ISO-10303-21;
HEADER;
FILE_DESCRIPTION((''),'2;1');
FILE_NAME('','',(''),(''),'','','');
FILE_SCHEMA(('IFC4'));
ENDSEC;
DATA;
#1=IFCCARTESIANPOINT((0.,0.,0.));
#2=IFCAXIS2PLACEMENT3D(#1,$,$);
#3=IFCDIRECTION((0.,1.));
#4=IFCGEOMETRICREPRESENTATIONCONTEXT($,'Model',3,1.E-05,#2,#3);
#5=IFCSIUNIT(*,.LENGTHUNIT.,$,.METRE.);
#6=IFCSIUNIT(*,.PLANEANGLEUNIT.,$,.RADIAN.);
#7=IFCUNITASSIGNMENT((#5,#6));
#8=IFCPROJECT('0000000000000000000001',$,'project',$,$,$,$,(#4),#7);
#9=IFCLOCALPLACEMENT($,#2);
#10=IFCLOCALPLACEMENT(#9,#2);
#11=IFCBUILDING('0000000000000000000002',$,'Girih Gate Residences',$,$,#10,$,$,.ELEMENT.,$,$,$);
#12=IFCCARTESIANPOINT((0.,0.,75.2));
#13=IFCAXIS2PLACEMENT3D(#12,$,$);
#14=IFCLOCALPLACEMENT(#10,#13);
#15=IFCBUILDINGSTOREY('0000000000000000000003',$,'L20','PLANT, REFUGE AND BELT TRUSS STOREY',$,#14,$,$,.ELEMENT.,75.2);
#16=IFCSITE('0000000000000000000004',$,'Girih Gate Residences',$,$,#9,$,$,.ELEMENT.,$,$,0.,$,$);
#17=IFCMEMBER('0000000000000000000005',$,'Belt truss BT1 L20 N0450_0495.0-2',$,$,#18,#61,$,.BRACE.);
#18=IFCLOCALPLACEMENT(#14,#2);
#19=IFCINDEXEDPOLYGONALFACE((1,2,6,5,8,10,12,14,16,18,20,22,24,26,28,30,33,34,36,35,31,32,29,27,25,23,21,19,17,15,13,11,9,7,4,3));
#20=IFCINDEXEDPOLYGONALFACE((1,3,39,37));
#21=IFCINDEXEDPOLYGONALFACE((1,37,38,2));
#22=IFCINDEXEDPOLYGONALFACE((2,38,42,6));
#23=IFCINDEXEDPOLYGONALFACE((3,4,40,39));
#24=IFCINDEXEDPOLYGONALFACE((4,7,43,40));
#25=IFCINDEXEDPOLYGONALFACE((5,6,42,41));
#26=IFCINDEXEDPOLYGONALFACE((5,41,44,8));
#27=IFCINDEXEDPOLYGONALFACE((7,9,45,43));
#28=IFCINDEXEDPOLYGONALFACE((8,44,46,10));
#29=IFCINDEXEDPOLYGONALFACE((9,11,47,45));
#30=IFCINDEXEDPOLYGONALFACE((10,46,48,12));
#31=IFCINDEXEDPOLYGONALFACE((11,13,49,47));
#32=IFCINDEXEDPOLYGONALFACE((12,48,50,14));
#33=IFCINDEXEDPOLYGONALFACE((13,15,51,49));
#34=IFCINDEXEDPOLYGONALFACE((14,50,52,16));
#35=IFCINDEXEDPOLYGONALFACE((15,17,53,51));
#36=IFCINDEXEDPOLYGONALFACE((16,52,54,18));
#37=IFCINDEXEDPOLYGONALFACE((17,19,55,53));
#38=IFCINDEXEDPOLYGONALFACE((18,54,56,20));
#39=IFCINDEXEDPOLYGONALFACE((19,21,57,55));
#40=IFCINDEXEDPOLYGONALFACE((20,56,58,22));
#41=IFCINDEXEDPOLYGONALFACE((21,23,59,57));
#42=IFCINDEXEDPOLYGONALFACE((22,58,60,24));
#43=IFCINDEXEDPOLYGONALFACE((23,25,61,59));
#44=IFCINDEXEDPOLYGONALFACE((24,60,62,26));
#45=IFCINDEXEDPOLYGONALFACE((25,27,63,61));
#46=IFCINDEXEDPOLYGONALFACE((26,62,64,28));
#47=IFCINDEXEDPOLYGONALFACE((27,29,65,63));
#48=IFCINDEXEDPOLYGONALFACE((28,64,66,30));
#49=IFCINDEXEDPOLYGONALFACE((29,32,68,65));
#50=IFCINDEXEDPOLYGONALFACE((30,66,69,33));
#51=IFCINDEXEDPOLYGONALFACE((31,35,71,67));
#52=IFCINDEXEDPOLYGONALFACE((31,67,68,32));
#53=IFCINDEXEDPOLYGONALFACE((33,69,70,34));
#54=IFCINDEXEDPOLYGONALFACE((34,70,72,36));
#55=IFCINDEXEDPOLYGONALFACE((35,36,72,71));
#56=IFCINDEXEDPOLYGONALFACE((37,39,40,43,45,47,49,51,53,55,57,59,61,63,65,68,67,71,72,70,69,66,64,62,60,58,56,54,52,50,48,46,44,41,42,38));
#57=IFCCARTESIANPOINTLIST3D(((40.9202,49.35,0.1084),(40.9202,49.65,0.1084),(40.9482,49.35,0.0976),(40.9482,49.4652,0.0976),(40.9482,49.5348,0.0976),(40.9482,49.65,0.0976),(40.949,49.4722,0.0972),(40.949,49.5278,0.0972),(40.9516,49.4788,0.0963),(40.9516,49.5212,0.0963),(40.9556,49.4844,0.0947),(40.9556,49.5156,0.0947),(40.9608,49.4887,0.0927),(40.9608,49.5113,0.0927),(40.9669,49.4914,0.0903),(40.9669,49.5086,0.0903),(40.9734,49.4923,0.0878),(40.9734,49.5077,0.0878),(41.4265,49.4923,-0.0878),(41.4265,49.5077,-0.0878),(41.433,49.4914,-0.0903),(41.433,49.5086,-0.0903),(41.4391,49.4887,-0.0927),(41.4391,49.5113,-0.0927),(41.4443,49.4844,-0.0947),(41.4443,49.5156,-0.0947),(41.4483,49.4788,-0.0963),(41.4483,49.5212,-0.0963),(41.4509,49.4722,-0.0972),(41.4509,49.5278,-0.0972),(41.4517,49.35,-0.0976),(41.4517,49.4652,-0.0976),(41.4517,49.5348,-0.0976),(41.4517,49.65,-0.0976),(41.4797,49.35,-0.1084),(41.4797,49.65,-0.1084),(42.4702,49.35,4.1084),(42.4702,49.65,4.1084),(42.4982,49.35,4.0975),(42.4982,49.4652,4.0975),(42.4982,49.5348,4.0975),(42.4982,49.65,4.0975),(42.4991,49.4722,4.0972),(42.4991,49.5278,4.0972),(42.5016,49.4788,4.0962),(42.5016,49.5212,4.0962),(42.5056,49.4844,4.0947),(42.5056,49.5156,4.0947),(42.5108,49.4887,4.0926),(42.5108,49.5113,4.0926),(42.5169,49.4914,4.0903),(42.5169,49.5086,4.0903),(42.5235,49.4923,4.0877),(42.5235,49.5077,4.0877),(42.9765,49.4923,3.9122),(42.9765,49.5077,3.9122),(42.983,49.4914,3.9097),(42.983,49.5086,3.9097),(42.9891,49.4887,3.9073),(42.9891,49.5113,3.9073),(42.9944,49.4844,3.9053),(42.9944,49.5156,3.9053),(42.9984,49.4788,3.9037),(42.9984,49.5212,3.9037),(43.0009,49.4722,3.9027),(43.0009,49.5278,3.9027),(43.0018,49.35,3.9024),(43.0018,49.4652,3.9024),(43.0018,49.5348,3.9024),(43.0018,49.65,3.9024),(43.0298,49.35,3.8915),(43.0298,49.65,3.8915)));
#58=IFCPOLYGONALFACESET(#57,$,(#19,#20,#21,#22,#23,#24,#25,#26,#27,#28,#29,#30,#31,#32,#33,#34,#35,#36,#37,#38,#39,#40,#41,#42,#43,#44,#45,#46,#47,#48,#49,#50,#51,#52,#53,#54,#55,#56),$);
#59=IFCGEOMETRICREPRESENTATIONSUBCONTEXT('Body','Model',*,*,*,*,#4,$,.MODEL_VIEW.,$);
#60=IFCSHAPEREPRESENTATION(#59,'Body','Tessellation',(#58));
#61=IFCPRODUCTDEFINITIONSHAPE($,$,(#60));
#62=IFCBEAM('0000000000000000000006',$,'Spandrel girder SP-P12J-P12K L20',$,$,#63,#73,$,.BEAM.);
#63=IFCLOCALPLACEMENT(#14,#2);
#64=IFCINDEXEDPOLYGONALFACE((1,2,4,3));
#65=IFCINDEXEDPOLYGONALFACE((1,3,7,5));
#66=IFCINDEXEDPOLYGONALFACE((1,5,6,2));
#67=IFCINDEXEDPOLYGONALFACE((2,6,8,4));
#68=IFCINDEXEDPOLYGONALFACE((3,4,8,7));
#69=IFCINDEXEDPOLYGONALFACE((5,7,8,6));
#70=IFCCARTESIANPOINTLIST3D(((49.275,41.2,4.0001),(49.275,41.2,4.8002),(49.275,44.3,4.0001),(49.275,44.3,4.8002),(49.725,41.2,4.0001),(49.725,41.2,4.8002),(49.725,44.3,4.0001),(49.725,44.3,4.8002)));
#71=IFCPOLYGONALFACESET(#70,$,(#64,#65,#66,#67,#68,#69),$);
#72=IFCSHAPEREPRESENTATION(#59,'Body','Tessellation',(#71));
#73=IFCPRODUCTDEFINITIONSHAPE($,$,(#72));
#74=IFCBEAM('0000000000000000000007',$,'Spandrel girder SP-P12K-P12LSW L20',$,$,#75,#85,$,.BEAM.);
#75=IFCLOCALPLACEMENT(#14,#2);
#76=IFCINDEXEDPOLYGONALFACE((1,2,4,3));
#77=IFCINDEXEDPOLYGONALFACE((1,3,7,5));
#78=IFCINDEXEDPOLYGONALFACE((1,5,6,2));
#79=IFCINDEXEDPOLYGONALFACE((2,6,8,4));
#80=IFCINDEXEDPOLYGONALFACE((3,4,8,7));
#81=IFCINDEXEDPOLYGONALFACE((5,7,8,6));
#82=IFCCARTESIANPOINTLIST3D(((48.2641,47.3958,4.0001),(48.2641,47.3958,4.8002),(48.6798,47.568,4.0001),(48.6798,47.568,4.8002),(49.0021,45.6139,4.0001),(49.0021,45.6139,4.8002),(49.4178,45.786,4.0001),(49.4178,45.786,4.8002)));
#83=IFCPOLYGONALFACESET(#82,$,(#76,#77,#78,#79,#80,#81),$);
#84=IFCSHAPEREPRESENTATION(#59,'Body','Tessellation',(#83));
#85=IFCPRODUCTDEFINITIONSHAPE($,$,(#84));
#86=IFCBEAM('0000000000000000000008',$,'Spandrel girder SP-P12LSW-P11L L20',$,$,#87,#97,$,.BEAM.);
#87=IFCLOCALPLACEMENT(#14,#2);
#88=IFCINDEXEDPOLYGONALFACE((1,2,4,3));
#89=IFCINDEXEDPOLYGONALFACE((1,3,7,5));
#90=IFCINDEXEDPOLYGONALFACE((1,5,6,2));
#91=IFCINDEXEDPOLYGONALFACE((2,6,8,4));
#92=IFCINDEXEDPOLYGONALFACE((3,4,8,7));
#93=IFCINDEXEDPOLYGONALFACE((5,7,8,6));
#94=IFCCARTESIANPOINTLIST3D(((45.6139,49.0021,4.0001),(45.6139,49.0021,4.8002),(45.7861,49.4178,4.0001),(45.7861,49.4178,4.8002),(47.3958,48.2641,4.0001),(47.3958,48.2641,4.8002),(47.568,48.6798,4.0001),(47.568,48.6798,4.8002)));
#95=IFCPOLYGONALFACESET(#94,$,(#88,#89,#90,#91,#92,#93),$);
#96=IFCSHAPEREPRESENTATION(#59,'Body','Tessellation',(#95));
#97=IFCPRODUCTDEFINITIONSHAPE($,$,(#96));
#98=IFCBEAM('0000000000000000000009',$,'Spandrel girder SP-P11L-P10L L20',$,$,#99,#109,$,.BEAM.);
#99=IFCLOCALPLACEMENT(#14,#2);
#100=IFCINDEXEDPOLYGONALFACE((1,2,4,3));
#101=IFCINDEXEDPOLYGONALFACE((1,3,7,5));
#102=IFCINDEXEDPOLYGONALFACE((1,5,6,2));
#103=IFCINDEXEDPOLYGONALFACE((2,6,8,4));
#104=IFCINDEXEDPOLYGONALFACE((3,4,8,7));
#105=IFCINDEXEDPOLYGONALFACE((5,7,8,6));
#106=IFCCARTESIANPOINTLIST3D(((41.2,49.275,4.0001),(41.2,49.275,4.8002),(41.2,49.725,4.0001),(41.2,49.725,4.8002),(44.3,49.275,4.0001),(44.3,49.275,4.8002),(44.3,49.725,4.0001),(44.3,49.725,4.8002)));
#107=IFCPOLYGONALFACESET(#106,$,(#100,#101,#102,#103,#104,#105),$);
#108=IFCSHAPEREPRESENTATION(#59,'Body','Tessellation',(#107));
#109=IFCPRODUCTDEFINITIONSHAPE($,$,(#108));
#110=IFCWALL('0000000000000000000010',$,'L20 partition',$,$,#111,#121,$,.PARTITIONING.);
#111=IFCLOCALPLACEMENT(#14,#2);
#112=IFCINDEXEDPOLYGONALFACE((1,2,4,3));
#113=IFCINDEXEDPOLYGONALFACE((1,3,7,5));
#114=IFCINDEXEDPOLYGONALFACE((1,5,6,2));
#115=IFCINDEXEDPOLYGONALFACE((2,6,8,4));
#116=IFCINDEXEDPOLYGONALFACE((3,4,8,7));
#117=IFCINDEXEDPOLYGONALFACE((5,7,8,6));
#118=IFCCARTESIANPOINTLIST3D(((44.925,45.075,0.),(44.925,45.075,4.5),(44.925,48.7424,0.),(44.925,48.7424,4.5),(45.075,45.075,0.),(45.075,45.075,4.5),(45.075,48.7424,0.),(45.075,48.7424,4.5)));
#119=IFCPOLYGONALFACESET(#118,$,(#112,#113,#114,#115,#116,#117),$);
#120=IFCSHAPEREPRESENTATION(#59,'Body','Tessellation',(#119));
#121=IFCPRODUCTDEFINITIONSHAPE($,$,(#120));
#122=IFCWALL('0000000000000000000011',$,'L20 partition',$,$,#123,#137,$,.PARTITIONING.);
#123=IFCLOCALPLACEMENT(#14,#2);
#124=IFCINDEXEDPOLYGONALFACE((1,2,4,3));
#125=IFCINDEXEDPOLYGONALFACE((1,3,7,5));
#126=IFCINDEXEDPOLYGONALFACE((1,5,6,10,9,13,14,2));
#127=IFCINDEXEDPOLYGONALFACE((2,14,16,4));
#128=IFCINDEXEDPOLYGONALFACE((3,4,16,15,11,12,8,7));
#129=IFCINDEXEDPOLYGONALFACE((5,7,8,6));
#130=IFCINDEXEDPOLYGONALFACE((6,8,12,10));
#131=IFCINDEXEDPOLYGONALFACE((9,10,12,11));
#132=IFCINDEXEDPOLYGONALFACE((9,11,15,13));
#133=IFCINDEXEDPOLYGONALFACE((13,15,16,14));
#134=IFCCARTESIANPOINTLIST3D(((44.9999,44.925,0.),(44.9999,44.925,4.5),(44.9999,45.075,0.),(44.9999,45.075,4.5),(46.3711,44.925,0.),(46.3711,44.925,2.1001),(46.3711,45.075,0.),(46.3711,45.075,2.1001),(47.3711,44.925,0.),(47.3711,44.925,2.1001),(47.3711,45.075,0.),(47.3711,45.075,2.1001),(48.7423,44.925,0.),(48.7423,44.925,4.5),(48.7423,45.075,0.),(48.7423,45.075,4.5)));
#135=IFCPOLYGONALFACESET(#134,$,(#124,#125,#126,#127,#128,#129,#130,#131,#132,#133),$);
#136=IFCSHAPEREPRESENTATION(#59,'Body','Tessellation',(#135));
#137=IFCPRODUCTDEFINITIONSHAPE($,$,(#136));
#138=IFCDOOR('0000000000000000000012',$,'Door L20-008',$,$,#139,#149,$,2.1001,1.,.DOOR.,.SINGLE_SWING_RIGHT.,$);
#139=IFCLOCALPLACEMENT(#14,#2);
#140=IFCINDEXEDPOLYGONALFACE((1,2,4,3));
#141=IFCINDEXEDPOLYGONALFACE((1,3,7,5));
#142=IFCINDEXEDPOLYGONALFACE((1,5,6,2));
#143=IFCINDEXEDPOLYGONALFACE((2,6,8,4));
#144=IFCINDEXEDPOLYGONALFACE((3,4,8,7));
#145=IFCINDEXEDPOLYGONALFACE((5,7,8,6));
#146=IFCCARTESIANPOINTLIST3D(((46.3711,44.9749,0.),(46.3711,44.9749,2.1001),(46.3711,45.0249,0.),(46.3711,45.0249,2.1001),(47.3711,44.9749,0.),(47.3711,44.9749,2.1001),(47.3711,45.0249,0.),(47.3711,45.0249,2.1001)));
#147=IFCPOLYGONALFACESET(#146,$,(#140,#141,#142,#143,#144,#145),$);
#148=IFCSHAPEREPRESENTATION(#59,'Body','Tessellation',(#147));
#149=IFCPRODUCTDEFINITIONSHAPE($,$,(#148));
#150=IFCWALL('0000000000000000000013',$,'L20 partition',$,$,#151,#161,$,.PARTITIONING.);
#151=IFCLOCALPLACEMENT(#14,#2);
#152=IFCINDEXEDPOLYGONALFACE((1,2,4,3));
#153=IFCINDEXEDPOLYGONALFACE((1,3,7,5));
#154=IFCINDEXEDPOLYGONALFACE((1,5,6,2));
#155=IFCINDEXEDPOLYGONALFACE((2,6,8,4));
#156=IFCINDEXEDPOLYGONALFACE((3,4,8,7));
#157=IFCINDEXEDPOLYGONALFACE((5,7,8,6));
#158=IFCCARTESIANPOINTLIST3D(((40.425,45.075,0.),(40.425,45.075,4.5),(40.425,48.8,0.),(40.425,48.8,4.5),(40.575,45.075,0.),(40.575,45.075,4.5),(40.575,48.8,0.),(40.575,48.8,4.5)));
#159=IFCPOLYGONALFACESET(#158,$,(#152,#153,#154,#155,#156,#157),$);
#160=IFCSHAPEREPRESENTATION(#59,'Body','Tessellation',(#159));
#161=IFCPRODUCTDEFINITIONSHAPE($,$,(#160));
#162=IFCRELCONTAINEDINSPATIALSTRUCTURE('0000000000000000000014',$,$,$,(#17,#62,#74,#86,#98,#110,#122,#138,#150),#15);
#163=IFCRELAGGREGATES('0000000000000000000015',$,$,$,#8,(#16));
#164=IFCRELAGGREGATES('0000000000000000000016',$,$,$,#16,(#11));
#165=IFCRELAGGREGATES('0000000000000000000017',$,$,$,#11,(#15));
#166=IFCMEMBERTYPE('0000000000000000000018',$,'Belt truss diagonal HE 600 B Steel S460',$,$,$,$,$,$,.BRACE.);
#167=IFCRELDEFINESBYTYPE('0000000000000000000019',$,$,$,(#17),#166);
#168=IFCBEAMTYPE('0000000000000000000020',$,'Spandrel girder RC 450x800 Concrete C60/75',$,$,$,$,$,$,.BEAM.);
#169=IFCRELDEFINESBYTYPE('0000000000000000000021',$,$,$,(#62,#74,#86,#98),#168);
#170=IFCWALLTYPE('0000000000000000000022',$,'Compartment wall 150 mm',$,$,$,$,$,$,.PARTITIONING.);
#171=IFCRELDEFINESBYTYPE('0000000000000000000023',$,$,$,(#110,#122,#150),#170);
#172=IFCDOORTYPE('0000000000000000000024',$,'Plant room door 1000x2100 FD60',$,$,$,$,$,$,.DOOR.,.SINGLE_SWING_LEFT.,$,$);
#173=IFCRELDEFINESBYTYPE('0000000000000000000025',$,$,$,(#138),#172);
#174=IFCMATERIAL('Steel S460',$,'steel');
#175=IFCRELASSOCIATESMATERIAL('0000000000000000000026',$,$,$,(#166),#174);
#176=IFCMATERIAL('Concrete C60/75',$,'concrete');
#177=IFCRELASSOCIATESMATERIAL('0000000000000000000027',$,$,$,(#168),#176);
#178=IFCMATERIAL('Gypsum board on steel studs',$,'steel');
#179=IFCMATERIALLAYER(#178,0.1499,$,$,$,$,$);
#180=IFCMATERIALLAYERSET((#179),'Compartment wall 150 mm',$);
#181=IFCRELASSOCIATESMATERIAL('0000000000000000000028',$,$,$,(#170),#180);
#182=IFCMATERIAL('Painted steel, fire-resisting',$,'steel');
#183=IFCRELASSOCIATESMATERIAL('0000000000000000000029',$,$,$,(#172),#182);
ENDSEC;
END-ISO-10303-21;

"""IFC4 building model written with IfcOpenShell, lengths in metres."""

from ifc_helpers import new_model, si_unit, direction, frame, frame_2d, origin, origin_2d, place, context, subcontext, project, spatial, rectangle, i_section, extrude, material, layer, layer_set, material_profile, profile_set, type_object, element, fill, save


model = new_model("IFC4")

# Units and contexts
model_context = context("Model", 3, precision=1e-05, world=origin(), true_north=direction((0.0, 1.0)))
body_context = subcontext(model_context, "Body", "Model", "MODEL_VIEW")
ifc_project = project(units=[si_unit("LENGTHUNIT", "METRE"), si_unit("PLANEANGLEUNIT", "RADIAN")], contexts=[model_context])

# Site, building, storey
site_placement = place(None, origin())
site = spatial("IfcSite", under=ifc_project, at=site_placement, Name="Girih Gate Residences", CompositionType="ELEMENT", RefElevation=0.0)
building_placement = place(site_placement, origin())
building = spatial("IfcBuilding", under=site, at=building_placement, Name="Girih Gate Residences", CompositionType="ELEMENT")
storey_placement = place(building_placement, frame((0.0, 0.0, 75.2)))
storey = spatial("IfcBuildingStorey", under=building, at=storey_placement, Name="L20", Description="PLANT, REFUGE AND BELT TRUSS STOREY", CompositionType="ELEMENT", Elevation=75.2)

# Member
ifc_material_1 = material(Name="Steel S460", Category="steel")
ifc_material_profile_1 = material_profile(ifc_material_1, i_section(OverallWidth=0.3, OverallDepth=0.6001, WebThickness=0.0154, FlangeThickness=0.03, FilletRadius=0.0271, at=origin_2d()))
ifc_profile_set_1 = profile_set([ifc_material_profile_1], Name="Steel S460")
member_type_1 = type_object("IfcMemberType", Name="Belt truss diagonal HE 600 B Steel S460", PredefinedType="BRACE", material=ifc_profile_set_1)
for number, where, z_axis, x_axis, name in (
    (1, (41.2, 49.5, 0.0), (0.361331, 0.0, 0.932438), (0.0, 1.0, 0.0), "Belt truss BT1 L20 N0450_0495.0-2"),
):
    element("IfcMember", number, at=place(storey_placement, frame(where, z_axis=z_axis, x_axis=x_axis)), inside=storey, type_object=member_type_1, Name=name, PredefinedType="BRACE", context=body_context, shape_type="SweptSolid", body=[
        extrude(i_section(OverallWidth=0.3, OverallDepth=0.6001, WebThickness=0.0154, FlangeThickness=0.03, FilletRadius=0.0271, at=origin_2d()), origin(), (0.0, 0.0, 1.0), 4.2898),
    ])

# Beams
ifc_material_2 = material(Name="Concrete C60/75", Category="concrete")
ifc_material_profile_2 = material_profile(ifc_material_2, rectangle(XDim=0.45, YDim=0.8, at=origin_2d()))
ifc_profile_set_2 = profile_set([ifc_material_profile_2], Name="Concrete C60/75")
beam_type = type_object("IfcBeamType", Name="Spandrel girder RC 450x800 Concrete C60/75", PredefinedType="BEAM", material=ifc_profile_set_2)
beam_1_placement = place(storey_placement, frame((49.5, 41.2, 4.4001), z_axis=(0.0, 1.0, 0.0), x_axis=(-1.0, 0.0, 0.0)))
element("IfcBeam", 2, at=beam_1_placement, inside=storey, type_object=beam_type, Name="Spandrel girder SP-P12J-P12K L20", PredefinedType="BEAM", context=body_context, shape_type="SweptSolid", body=[
    extrude(rectangle(XDim=0.45, YDim=0.8, at=origin_2d()), origin(), (0.0, 0.0, 1.0), 3.1001),
])
for number, where, z_axis, x_axis, name in (
    (3, (49.21, 45.7, 4.4001), (-0.382646, 0.923895, 0.0), (-0.923895, -0.382646, 0.0), "Spandrel girder SP-P12K-P12LSW L20"),
    (4, (47.4819, 48.4719, 4.4001), (-0.923895, 0.382646, 0.0), (-0.382646, -0.923895, 0.0), "Spandrel girder SP-P12LSW-P11L L20"),
):
    element("IfcBeam", number, at=place(storey_placement, frame(where, z_axis=z_axis, x_axis=x_axis)), inside=storey, type_object=beam_type, Name=name, PredefinedType="BEAM", context=body_context, shape_type="SweptSolid", body=[
        extrude(rectangle(XDim=0.45, YDim=0.8, at=origin_2d()), origin(), (0.0, 0.0, 1.0), 1.9287),
    ])
beam_2_placement = place(storey_placement, frame((44.3, 49.5, 4.4001), z_axis=(-1.0, 0.0, 0.0), x_axis=(0.0, -1.0, 0.0)))
element("IfcBeam", 5, at=beam_2_placement, inside=storey, type_object=beam_type, Name="Spandrel girder SP-P11L-P10L L20", PredefinedType="BEAM", context=body_context, shape_type="SweptSolid", body=[
    extrude(rectangle(XDim=0.45, YDim=0.8, at=origin_2d()), origin(), (0.0, 0.0, 1.0), 3.1001),
])

# Wall
ifc_material_3 = material(Name="Gypsum board on steel studs", Category="steel")
ifc_layer_1 = layer(ifc_material_3, 0.1499)
ifc_layer_set_1 = layer_set([ifc_layer_1], Name="Compartment wall 150 mm")
wall_type_1 = type_object("IfcWallType", Name="Compartment wall 150 mm", PredefinedType="PARTITIONING", material=ifc_layer_set_1)
wall_1_placement = place(storey_placement, frame((45.0, 45.075, 0.0), z_axis=(0.0, 0.0, 1.0), x_axis=(0.0, 1.0, 0.0)))
element("IfcWall", 6, at=wall_1_placement, inside=storey, type_object=wall_type_1, Name="L20 partition", PredefinedType="PARTITIONING", context=body_context, shape_type="SweptSolid", body=[
    extrude(rectangle(XDim=3.6675, YDim=0.1499, at=frame_2d((1.8337, 0.0))), origin(), (0.0, 0.0, 1.0), 4.5),
])

# Wall, opening, door
wall_2_placement = place(storey_placement, frame((45.0, 45.0, 0.0), z_axis=(0.0, 0.0, 1.0), x_axis=(1.0, 0.0, 0.0)))
wall_2 = element("IfcWall", 7, at=wall_2_placement, inside=storey, type_object=wall_type_1, Name="L20 partition", PredefinedType="PARTITIONING", context=body_context, shape_type="SweptSolid", body=[
    extrude(rectangle(XDim=3.7424, YDim=0.1499, at=frame_2d((1.8711, 0.0))), origin(), (0.0, 0.0, 1.0), 4.5),
])
opening_1_placement = place(wall_2_placement, frame((1.3711, 0.0, 0.0)))
opening_1 = element("IfcOpeningElement", 8, at=opening_1_placement, cuts=wall_2, PredefinedType="OPENING", context=body_context, shape_type="SweptSolid", body=[
    extrude(rectangle(XDim=1.0, YDim=2.1001, at=frame_2d((0.5, 1.05))), frame((0.0, 0.085, 0.0), z_axis=(0.0, -1.0, 0.0), x_axis=(1.0, 0.0, 0.0)), (0.0, 0.0, 1.0), 0.1699),
])
ifc_material_4 = material(Name="Painted steel, fire-resisting", Category="steel")
door_type_1 = type_object("IfcDoorType", Name="Plant room door 1000x2100 FD60", OperationType="SINGLE_SWING_LEFT", PredefinedType="DOOR", material=ifc_material_4)
door_1_placement = place(opening_1_placement, origin())
door_1 = element("IfcDoor", 9, at=door_1_placement, inside=storey, type_object=door_type_1, Name="Door L20-008", OperationType="SINGLE_SWING_RIGHT", OverallHeight=2.1001, OverallWidth=1.0, PredefinedType="DOOR", context=body_context, shape_type="SweptSolid", body=[
    extrude(rectangle(XDim=1.0, YDim=2.1001, at=frame_2d((0.5, 1.05))), frame((0.0, 0.0249, 0.0), z_axis=(0.0, -1.0, 0.0), x_axis=(1.0, 0.0, 0.0)), (0.0, 0.0, 1.0), 0.05),
])
fill(opening_1, door_1)

# Wall
wall_3_placement = place(storey_placement, frame((40.5, 45.075, 0.0), z_axis=(0.0, 0.0, 1.0), x_axis=(0.0, 1.0, 0.0)))
element("IfcWall", 10, at=wall_3_placement, inside=storey, type_object=wall_type_1, Name="L20 partition", PredefinedType="PARTITIONING", context=body_context, shape_type="SweptSolid", body=[
    extrude(rectangle(XDim=3.7251, YDim=0.1499, at=frame_2d((1.8625, 0.0))), origin(), (0.0, 0.0, 1.0), 4.5),
])

save(model, "model.ifc")
